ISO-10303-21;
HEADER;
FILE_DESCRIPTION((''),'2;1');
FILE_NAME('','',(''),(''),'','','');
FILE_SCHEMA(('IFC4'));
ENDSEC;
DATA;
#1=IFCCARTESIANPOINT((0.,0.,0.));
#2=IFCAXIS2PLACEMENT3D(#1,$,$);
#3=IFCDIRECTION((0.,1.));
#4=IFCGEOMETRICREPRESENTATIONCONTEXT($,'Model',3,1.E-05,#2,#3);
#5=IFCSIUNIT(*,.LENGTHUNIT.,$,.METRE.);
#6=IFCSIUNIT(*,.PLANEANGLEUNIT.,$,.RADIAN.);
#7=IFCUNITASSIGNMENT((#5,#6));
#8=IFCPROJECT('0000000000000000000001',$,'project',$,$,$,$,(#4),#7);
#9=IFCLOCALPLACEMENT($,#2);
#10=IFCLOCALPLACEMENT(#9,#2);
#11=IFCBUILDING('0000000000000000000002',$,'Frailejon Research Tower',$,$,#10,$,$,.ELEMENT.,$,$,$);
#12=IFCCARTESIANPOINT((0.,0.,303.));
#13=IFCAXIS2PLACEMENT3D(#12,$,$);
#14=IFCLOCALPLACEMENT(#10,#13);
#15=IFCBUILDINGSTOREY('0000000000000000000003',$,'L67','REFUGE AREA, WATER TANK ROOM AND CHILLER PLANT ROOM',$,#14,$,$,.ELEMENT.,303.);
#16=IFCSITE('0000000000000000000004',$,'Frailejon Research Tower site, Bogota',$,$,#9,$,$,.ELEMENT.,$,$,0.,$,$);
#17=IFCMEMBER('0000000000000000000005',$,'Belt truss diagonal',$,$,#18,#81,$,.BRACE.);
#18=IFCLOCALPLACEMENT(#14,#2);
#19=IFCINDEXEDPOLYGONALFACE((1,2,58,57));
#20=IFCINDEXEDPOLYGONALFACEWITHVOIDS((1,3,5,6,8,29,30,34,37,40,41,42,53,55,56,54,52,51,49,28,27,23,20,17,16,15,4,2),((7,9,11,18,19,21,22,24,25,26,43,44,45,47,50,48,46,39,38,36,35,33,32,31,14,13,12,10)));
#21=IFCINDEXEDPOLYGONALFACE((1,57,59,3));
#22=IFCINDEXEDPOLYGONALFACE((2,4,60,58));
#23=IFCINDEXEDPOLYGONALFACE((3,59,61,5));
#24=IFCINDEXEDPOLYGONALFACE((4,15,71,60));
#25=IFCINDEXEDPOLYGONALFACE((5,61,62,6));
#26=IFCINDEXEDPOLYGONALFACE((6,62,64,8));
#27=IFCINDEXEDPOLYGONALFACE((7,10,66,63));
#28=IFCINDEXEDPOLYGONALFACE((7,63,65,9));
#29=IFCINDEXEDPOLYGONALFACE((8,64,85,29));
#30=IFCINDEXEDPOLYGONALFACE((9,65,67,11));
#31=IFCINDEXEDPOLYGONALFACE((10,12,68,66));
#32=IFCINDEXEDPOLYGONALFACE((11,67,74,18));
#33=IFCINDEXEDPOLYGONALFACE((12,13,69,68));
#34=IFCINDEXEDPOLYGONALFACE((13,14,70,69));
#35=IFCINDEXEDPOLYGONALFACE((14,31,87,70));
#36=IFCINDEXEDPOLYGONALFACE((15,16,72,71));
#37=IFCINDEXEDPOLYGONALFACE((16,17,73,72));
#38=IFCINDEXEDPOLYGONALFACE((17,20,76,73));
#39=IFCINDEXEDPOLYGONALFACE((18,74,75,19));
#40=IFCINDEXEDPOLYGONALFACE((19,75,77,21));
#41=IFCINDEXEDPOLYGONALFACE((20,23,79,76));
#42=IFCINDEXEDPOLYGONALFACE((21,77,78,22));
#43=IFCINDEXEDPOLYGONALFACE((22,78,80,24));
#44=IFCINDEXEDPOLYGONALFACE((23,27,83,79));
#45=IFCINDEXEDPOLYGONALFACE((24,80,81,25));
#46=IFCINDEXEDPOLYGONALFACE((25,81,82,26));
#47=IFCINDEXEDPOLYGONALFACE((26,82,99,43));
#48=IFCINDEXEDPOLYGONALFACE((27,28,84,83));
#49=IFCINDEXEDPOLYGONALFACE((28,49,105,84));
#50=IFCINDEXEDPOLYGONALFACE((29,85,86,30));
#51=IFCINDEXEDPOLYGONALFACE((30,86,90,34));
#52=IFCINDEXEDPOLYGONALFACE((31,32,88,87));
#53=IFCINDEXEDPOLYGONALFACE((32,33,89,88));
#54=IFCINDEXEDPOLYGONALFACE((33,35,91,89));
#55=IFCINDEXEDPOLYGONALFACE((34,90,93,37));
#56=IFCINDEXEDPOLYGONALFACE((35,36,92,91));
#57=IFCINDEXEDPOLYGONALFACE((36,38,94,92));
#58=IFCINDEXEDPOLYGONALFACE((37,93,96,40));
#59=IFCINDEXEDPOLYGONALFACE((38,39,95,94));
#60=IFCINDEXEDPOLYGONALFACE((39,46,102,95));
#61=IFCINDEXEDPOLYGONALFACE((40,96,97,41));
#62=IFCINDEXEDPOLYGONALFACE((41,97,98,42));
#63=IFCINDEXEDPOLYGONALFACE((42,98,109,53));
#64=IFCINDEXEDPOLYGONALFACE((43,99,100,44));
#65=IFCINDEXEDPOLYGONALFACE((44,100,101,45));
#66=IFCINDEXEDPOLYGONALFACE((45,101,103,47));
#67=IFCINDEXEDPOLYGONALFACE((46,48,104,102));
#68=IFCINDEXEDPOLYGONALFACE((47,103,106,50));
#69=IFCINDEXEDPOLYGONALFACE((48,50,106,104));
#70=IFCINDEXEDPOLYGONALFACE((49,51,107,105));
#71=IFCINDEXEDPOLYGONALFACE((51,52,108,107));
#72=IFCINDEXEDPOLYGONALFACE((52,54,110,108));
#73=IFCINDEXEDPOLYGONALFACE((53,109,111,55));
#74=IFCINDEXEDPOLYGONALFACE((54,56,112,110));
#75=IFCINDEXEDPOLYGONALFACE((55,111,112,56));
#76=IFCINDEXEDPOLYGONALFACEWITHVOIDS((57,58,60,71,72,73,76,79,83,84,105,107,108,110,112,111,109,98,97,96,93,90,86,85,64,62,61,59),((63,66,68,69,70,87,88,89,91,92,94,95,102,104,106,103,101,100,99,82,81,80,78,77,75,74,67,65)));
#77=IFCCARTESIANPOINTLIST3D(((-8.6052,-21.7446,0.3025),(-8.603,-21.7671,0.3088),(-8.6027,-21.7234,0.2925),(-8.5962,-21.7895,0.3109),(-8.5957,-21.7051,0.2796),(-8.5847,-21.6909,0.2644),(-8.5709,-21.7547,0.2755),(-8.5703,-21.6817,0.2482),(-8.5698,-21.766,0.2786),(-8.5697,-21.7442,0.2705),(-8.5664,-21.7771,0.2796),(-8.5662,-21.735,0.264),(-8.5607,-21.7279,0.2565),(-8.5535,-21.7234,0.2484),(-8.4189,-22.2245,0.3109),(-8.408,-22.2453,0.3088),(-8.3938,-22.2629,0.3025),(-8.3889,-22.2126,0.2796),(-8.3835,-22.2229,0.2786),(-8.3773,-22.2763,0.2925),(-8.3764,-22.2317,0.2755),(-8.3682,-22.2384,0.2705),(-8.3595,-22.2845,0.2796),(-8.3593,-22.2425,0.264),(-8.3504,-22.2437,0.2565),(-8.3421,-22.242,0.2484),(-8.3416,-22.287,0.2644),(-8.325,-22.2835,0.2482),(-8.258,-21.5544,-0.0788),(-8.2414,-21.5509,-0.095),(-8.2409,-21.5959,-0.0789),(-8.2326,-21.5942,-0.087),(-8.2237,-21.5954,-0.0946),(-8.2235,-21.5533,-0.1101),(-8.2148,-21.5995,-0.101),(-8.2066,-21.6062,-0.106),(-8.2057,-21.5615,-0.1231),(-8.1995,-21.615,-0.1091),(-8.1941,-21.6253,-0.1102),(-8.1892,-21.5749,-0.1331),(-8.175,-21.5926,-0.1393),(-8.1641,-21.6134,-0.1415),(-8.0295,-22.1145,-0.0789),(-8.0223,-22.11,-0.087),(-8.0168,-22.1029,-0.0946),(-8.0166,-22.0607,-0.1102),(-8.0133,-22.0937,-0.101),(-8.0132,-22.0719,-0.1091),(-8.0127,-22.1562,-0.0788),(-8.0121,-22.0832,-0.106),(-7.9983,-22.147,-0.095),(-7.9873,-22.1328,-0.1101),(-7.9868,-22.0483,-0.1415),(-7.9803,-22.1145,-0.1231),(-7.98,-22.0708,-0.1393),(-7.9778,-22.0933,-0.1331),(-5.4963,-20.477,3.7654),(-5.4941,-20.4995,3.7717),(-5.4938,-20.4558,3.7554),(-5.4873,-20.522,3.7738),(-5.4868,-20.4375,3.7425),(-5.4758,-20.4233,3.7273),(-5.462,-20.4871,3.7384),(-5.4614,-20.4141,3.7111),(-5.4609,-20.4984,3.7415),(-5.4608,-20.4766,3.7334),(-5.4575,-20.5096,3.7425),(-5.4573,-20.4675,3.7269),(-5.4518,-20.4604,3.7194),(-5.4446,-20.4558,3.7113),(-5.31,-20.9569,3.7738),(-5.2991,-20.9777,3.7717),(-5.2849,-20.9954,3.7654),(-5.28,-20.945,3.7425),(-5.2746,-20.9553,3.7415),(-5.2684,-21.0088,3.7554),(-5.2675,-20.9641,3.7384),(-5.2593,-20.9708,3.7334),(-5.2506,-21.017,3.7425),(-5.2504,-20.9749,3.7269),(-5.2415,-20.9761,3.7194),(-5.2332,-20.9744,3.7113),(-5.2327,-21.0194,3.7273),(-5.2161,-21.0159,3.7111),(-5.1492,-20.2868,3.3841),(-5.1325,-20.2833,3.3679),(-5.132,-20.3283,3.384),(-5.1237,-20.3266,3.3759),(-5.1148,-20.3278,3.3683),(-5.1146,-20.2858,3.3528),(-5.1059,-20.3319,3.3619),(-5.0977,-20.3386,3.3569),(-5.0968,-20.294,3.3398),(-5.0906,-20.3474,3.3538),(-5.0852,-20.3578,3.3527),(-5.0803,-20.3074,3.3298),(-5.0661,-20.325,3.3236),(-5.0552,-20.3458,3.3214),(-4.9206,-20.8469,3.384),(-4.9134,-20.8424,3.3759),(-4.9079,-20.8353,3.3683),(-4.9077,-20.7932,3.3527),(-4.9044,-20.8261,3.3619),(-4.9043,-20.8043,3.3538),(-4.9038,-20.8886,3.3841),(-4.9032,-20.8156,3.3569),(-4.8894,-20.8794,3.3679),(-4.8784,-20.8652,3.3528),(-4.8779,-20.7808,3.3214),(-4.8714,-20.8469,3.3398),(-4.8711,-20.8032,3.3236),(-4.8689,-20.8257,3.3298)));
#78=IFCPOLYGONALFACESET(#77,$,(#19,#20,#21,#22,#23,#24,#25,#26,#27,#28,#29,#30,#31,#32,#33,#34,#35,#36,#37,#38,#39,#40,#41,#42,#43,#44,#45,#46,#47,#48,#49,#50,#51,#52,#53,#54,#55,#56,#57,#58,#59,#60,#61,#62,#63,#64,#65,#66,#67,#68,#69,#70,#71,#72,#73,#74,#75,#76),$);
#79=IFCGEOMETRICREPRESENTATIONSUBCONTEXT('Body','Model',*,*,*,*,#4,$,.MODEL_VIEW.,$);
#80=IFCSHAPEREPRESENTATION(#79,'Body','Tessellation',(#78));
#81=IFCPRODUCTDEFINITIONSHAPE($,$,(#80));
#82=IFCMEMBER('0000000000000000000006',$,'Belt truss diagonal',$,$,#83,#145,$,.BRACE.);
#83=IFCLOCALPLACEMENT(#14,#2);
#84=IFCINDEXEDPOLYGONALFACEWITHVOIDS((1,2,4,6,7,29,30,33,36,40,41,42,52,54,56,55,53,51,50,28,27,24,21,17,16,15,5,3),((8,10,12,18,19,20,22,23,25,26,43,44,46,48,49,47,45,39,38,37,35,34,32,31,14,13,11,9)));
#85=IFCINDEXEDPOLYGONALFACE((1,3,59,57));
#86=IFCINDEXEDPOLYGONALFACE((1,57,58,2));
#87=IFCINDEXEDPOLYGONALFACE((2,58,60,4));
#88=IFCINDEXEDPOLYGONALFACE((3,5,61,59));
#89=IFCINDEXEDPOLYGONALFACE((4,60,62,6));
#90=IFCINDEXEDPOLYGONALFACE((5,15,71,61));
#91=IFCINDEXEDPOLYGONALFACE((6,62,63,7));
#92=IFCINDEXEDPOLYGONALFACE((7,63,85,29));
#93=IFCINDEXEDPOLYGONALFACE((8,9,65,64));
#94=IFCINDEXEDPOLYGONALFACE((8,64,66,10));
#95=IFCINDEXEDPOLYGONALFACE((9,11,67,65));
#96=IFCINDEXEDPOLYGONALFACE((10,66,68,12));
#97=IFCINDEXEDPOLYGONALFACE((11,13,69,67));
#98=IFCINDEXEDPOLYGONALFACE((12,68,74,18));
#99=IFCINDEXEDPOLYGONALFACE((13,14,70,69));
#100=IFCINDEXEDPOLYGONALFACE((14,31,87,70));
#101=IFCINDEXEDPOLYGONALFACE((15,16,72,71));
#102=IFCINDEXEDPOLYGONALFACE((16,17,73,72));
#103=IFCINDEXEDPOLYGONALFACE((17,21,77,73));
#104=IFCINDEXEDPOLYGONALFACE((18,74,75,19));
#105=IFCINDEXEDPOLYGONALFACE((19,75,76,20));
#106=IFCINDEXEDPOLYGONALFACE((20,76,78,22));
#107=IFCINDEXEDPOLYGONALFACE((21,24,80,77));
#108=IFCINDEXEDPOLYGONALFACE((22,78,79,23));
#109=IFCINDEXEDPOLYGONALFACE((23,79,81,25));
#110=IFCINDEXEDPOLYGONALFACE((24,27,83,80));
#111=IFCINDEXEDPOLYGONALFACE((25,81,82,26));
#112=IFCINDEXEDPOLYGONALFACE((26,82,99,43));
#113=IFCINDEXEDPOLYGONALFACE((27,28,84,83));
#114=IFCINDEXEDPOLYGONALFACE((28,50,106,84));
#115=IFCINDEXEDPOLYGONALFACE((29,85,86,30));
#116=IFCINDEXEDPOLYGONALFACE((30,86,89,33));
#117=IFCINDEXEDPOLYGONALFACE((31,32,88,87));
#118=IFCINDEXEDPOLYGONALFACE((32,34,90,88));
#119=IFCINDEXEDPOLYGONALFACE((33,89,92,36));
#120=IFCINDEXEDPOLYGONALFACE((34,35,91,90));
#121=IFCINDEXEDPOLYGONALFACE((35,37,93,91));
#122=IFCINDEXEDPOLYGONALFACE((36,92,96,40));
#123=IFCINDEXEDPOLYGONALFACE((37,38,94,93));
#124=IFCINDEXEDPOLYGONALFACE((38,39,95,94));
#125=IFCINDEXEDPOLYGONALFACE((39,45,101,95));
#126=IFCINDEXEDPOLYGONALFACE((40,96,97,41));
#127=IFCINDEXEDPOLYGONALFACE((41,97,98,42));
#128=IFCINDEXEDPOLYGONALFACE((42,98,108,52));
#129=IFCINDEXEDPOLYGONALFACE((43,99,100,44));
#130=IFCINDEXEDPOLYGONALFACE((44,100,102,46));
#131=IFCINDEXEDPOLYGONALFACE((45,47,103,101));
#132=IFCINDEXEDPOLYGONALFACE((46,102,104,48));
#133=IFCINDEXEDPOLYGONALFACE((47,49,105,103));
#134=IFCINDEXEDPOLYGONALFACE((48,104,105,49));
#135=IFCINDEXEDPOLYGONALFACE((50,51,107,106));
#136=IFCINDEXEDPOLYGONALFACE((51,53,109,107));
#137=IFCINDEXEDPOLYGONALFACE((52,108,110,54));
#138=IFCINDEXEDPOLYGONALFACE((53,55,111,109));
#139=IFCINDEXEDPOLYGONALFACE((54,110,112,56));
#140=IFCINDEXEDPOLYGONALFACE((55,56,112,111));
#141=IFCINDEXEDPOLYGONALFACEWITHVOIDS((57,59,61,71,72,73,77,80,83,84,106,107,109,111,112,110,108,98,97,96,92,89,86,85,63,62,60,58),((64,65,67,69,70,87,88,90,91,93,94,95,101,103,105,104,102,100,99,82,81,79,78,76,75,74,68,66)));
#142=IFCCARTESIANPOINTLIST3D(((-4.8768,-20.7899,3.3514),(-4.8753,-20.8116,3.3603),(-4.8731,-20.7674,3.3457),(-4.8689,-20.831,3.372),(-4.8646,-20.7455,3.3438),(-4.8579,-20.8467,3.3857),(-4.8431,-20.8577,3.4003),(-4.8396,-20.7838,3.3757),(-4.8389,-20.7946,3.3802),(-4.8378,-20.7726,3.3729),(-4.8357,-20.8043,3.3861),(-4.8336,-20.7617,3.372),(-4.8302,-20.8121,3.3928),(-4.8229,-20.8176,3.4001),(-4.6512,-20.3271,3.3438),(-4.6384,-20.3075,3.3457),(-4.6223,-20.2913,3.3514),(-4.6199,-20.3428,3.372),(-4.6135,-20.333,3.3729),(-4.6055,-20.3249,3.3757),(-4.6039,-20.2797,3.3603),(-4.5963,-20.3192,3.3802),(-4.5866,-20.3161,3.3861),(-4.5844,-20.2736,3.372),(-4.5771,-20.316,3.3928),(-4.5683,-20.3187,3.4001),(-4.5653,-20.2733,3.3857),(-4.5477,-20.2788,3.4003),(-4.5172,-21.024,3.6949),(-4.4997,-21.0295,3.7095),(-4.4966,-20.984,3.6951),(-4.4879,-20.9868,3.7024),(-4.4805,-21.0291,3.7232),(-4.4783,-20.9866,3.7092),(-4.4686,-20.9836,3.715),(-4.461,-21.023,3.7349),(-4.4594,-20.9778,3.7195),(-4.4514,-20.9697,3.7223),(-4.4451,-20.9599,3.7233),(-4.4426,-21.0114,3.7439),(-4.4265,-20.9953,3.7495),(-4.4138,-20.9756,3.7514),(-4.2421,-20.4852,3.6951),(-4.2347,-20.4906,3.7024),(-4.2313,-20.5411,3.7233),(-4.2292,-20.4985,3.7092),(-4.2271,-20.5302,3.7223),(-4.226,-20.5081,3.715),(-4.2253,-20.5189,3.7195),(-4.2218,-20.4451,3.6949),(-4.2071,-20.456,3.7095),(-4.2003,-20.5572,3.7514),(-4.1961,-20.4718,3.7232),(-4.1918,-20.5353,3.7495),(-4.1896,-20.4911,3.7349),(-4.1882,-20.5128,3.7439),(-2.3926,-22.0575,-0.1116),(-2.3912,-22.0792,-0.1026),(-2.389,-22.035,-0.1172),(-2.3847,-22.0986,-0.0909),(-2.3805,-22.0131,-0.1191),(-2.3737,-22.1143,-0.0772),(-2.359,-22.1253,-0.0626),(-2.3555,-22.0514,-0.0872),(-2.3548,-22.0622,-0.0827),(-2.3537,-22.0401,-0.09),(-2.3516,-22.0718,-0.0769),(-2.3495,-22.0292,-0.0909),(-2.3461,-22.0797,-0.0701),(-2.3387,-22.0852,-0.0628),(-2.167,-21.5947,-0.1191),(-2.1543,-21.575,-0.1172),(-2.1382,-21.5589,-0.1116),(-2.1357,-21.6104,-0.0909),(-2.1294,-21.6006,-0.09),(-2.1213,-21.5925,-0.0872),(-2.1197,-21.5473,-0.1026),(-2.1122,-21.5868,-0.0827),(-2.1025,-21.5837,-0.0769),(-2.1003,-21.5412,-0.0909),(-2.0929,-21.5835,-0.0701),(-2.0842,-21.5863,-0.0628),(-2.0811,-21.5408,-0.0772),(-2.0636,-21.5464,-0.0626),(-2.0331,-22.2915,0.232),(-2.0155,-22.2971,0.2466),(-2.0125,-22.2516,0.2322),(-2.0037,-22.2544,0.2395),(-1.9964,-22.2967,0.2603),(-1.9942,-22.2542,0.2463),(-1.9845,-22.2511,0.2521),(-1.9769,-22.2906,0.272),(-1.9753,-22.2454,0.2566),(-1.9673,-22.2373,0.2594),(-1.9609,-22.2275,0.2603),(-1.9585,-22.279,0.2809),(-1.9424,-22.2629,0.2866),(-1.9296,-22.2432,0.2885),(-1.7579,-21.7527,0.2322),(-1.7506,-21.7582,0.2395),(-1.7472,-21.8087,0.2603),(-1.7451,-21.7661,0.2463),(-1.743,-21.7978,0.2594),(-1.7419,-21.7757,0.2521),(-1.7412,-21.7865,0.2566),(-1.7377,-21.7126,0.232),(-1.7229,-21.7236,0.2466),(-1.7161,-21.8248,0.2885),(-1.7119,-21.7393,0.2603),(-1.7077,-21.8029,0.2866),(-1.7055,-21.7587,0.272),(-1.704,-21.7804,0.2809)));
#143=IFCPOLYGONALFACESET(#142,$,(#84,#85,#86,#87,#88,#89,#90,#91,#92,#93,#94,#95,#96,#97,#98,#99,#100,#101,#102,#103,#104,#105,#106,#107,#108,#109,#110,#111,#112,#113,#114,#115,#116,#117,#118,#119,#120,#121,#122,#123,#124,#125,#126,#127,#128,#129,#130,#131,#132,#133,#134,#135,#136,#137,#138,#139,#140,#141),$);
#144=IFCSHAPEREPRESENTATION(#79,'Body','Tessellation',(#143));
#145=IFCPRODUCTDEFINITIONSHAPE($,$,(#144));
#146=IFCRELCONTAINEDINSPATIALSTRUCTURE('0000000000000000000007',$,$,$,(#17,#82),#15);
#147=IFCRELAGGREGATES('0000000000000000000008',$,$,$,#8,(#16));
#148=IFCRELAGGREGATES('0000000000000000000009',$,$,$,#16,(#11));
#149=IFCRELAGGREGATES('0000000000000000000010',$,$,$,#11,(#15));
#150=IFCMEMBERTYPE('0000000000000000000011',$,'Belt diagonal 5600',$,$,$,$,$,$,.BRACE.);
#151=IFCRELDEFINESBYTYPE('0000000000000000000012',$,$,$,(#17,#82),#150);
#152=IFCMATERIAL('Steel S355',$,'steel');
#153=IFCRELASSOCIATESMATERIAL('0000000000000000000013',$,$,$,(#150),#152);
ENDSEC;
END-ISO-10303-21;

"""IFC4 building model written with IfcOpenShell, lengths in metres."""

from ifc_helpers import new_model, si_unit, direction, frame, origin, origin_2d, place, context, subcontext, project, spatial, hollow_rectangle, extrude, material, material_profile, profile_set, type_object, element, save


model = new_model("IFC4")

# Units and contexts
model_context = context("Model", 3, precision=1e-05, world=origin(), true_north=direction((0.0, 1.0)))
body_context = subcontext(model_context, "Body", "Model", "MODEL_VIEW")
ifc_project = project(units=[si_unit("LENGTHUNIT", "METRE"), si_unit("PLANEANGLEUNIT", "RADIAN")], contexts=[model_context])

# Site, building, storey
site_placement = place(None, origin())
site = spatial("IfcSite", under=ifc_project, at=site_placement, Name="Frailejon Research Tower site, Bogota", CompositionType="ELEMENT", RefElevation=0.0)
building_placement = place(site_placement, origin())
building = spatial("IfcBuilding", under=site, at=building_placement, Name="Frailejon Research Tower", CompositionType="ELEMENT")
storey_placement = place(building_placement, frame((0.0, 0.0, 303.0)))
storey = spatial("IfcBuildingStorey", under=building, at=storey_placement, Name="L67", Description="REFUGE AREA, WATER TANK ROOM AND CHILLER PLANT ROOM", CompositionType="ELEMENT", Elevation=303.0)

# Members
ifc_material_1 = material(Name="Steel S355", Category="steel")
ifc_material_profile_1 = material_profile(ifc_material_1, hollow_rectangle(XDim=0.6499, YDim=0.6499, WallThickness=0.0449, InnerFilletRadius=0.0449, OuterFilletRadius=0.0901, at=origin_2d()), Name="Belt diagonal 5600")
ifc_profile_set_1 = profile_set([ifc_material_profile_1], Name="Steel S355")
member_type = type_object("IfcMemberType", Name="Belt diagonal 5600", PredefinedType="BRACE", material=ifc_profile_set_1)
member_1_placement = place(storey_placement, frame((-8.2915, -21.9189, 0.0847), z_axis=(0.644565, 0.262807, 0.717961), x_axis=(-0.377551, 0.925989, 0.0)))
element("IfcMember", 1, at=member_1_placement, inside=storey, type_object=member_type, Name="Belt truss diagonal", PredefinedType="BRACE", context=body_context, shape_type="SweptSolid", body=[
    extrude(hollow_rectangle(XDim=0.6499, YDim=0.6499, WallThickness=0.0449, InnerFilletRadius=0.0449, OuterFilletRadius=0.0901, at=origin_2d()), origin(), (0.0, 0.0, 1.0), 4.8232),
])
member_2_placement = place(storey_placement, frame((-4.5325, -20.6514, 3.5476), z_axis=(0.558701, -0.285088, -0.778831), x_axis=(0.454517, 0.890738, 0.0)))
element("IfcMember", 2, at=member_2_placement, inside=storey, type_object=member_type, Name="Belt truss diagonal", PredefinedType="BRACE", context=body_context, shape_type="SweptSolid", body=[
    extrude(hollow_rectangle(XDim=0.6499, YDim=0.6499, WallThickness=0.0449, InnerFilletRadius=0.0449, OuterFilletRadius=0.0901, at=origin_2d()), origin(), (0.0, 0.0, 1.0), 4.4463),
])

save(model, "model.ifc")
